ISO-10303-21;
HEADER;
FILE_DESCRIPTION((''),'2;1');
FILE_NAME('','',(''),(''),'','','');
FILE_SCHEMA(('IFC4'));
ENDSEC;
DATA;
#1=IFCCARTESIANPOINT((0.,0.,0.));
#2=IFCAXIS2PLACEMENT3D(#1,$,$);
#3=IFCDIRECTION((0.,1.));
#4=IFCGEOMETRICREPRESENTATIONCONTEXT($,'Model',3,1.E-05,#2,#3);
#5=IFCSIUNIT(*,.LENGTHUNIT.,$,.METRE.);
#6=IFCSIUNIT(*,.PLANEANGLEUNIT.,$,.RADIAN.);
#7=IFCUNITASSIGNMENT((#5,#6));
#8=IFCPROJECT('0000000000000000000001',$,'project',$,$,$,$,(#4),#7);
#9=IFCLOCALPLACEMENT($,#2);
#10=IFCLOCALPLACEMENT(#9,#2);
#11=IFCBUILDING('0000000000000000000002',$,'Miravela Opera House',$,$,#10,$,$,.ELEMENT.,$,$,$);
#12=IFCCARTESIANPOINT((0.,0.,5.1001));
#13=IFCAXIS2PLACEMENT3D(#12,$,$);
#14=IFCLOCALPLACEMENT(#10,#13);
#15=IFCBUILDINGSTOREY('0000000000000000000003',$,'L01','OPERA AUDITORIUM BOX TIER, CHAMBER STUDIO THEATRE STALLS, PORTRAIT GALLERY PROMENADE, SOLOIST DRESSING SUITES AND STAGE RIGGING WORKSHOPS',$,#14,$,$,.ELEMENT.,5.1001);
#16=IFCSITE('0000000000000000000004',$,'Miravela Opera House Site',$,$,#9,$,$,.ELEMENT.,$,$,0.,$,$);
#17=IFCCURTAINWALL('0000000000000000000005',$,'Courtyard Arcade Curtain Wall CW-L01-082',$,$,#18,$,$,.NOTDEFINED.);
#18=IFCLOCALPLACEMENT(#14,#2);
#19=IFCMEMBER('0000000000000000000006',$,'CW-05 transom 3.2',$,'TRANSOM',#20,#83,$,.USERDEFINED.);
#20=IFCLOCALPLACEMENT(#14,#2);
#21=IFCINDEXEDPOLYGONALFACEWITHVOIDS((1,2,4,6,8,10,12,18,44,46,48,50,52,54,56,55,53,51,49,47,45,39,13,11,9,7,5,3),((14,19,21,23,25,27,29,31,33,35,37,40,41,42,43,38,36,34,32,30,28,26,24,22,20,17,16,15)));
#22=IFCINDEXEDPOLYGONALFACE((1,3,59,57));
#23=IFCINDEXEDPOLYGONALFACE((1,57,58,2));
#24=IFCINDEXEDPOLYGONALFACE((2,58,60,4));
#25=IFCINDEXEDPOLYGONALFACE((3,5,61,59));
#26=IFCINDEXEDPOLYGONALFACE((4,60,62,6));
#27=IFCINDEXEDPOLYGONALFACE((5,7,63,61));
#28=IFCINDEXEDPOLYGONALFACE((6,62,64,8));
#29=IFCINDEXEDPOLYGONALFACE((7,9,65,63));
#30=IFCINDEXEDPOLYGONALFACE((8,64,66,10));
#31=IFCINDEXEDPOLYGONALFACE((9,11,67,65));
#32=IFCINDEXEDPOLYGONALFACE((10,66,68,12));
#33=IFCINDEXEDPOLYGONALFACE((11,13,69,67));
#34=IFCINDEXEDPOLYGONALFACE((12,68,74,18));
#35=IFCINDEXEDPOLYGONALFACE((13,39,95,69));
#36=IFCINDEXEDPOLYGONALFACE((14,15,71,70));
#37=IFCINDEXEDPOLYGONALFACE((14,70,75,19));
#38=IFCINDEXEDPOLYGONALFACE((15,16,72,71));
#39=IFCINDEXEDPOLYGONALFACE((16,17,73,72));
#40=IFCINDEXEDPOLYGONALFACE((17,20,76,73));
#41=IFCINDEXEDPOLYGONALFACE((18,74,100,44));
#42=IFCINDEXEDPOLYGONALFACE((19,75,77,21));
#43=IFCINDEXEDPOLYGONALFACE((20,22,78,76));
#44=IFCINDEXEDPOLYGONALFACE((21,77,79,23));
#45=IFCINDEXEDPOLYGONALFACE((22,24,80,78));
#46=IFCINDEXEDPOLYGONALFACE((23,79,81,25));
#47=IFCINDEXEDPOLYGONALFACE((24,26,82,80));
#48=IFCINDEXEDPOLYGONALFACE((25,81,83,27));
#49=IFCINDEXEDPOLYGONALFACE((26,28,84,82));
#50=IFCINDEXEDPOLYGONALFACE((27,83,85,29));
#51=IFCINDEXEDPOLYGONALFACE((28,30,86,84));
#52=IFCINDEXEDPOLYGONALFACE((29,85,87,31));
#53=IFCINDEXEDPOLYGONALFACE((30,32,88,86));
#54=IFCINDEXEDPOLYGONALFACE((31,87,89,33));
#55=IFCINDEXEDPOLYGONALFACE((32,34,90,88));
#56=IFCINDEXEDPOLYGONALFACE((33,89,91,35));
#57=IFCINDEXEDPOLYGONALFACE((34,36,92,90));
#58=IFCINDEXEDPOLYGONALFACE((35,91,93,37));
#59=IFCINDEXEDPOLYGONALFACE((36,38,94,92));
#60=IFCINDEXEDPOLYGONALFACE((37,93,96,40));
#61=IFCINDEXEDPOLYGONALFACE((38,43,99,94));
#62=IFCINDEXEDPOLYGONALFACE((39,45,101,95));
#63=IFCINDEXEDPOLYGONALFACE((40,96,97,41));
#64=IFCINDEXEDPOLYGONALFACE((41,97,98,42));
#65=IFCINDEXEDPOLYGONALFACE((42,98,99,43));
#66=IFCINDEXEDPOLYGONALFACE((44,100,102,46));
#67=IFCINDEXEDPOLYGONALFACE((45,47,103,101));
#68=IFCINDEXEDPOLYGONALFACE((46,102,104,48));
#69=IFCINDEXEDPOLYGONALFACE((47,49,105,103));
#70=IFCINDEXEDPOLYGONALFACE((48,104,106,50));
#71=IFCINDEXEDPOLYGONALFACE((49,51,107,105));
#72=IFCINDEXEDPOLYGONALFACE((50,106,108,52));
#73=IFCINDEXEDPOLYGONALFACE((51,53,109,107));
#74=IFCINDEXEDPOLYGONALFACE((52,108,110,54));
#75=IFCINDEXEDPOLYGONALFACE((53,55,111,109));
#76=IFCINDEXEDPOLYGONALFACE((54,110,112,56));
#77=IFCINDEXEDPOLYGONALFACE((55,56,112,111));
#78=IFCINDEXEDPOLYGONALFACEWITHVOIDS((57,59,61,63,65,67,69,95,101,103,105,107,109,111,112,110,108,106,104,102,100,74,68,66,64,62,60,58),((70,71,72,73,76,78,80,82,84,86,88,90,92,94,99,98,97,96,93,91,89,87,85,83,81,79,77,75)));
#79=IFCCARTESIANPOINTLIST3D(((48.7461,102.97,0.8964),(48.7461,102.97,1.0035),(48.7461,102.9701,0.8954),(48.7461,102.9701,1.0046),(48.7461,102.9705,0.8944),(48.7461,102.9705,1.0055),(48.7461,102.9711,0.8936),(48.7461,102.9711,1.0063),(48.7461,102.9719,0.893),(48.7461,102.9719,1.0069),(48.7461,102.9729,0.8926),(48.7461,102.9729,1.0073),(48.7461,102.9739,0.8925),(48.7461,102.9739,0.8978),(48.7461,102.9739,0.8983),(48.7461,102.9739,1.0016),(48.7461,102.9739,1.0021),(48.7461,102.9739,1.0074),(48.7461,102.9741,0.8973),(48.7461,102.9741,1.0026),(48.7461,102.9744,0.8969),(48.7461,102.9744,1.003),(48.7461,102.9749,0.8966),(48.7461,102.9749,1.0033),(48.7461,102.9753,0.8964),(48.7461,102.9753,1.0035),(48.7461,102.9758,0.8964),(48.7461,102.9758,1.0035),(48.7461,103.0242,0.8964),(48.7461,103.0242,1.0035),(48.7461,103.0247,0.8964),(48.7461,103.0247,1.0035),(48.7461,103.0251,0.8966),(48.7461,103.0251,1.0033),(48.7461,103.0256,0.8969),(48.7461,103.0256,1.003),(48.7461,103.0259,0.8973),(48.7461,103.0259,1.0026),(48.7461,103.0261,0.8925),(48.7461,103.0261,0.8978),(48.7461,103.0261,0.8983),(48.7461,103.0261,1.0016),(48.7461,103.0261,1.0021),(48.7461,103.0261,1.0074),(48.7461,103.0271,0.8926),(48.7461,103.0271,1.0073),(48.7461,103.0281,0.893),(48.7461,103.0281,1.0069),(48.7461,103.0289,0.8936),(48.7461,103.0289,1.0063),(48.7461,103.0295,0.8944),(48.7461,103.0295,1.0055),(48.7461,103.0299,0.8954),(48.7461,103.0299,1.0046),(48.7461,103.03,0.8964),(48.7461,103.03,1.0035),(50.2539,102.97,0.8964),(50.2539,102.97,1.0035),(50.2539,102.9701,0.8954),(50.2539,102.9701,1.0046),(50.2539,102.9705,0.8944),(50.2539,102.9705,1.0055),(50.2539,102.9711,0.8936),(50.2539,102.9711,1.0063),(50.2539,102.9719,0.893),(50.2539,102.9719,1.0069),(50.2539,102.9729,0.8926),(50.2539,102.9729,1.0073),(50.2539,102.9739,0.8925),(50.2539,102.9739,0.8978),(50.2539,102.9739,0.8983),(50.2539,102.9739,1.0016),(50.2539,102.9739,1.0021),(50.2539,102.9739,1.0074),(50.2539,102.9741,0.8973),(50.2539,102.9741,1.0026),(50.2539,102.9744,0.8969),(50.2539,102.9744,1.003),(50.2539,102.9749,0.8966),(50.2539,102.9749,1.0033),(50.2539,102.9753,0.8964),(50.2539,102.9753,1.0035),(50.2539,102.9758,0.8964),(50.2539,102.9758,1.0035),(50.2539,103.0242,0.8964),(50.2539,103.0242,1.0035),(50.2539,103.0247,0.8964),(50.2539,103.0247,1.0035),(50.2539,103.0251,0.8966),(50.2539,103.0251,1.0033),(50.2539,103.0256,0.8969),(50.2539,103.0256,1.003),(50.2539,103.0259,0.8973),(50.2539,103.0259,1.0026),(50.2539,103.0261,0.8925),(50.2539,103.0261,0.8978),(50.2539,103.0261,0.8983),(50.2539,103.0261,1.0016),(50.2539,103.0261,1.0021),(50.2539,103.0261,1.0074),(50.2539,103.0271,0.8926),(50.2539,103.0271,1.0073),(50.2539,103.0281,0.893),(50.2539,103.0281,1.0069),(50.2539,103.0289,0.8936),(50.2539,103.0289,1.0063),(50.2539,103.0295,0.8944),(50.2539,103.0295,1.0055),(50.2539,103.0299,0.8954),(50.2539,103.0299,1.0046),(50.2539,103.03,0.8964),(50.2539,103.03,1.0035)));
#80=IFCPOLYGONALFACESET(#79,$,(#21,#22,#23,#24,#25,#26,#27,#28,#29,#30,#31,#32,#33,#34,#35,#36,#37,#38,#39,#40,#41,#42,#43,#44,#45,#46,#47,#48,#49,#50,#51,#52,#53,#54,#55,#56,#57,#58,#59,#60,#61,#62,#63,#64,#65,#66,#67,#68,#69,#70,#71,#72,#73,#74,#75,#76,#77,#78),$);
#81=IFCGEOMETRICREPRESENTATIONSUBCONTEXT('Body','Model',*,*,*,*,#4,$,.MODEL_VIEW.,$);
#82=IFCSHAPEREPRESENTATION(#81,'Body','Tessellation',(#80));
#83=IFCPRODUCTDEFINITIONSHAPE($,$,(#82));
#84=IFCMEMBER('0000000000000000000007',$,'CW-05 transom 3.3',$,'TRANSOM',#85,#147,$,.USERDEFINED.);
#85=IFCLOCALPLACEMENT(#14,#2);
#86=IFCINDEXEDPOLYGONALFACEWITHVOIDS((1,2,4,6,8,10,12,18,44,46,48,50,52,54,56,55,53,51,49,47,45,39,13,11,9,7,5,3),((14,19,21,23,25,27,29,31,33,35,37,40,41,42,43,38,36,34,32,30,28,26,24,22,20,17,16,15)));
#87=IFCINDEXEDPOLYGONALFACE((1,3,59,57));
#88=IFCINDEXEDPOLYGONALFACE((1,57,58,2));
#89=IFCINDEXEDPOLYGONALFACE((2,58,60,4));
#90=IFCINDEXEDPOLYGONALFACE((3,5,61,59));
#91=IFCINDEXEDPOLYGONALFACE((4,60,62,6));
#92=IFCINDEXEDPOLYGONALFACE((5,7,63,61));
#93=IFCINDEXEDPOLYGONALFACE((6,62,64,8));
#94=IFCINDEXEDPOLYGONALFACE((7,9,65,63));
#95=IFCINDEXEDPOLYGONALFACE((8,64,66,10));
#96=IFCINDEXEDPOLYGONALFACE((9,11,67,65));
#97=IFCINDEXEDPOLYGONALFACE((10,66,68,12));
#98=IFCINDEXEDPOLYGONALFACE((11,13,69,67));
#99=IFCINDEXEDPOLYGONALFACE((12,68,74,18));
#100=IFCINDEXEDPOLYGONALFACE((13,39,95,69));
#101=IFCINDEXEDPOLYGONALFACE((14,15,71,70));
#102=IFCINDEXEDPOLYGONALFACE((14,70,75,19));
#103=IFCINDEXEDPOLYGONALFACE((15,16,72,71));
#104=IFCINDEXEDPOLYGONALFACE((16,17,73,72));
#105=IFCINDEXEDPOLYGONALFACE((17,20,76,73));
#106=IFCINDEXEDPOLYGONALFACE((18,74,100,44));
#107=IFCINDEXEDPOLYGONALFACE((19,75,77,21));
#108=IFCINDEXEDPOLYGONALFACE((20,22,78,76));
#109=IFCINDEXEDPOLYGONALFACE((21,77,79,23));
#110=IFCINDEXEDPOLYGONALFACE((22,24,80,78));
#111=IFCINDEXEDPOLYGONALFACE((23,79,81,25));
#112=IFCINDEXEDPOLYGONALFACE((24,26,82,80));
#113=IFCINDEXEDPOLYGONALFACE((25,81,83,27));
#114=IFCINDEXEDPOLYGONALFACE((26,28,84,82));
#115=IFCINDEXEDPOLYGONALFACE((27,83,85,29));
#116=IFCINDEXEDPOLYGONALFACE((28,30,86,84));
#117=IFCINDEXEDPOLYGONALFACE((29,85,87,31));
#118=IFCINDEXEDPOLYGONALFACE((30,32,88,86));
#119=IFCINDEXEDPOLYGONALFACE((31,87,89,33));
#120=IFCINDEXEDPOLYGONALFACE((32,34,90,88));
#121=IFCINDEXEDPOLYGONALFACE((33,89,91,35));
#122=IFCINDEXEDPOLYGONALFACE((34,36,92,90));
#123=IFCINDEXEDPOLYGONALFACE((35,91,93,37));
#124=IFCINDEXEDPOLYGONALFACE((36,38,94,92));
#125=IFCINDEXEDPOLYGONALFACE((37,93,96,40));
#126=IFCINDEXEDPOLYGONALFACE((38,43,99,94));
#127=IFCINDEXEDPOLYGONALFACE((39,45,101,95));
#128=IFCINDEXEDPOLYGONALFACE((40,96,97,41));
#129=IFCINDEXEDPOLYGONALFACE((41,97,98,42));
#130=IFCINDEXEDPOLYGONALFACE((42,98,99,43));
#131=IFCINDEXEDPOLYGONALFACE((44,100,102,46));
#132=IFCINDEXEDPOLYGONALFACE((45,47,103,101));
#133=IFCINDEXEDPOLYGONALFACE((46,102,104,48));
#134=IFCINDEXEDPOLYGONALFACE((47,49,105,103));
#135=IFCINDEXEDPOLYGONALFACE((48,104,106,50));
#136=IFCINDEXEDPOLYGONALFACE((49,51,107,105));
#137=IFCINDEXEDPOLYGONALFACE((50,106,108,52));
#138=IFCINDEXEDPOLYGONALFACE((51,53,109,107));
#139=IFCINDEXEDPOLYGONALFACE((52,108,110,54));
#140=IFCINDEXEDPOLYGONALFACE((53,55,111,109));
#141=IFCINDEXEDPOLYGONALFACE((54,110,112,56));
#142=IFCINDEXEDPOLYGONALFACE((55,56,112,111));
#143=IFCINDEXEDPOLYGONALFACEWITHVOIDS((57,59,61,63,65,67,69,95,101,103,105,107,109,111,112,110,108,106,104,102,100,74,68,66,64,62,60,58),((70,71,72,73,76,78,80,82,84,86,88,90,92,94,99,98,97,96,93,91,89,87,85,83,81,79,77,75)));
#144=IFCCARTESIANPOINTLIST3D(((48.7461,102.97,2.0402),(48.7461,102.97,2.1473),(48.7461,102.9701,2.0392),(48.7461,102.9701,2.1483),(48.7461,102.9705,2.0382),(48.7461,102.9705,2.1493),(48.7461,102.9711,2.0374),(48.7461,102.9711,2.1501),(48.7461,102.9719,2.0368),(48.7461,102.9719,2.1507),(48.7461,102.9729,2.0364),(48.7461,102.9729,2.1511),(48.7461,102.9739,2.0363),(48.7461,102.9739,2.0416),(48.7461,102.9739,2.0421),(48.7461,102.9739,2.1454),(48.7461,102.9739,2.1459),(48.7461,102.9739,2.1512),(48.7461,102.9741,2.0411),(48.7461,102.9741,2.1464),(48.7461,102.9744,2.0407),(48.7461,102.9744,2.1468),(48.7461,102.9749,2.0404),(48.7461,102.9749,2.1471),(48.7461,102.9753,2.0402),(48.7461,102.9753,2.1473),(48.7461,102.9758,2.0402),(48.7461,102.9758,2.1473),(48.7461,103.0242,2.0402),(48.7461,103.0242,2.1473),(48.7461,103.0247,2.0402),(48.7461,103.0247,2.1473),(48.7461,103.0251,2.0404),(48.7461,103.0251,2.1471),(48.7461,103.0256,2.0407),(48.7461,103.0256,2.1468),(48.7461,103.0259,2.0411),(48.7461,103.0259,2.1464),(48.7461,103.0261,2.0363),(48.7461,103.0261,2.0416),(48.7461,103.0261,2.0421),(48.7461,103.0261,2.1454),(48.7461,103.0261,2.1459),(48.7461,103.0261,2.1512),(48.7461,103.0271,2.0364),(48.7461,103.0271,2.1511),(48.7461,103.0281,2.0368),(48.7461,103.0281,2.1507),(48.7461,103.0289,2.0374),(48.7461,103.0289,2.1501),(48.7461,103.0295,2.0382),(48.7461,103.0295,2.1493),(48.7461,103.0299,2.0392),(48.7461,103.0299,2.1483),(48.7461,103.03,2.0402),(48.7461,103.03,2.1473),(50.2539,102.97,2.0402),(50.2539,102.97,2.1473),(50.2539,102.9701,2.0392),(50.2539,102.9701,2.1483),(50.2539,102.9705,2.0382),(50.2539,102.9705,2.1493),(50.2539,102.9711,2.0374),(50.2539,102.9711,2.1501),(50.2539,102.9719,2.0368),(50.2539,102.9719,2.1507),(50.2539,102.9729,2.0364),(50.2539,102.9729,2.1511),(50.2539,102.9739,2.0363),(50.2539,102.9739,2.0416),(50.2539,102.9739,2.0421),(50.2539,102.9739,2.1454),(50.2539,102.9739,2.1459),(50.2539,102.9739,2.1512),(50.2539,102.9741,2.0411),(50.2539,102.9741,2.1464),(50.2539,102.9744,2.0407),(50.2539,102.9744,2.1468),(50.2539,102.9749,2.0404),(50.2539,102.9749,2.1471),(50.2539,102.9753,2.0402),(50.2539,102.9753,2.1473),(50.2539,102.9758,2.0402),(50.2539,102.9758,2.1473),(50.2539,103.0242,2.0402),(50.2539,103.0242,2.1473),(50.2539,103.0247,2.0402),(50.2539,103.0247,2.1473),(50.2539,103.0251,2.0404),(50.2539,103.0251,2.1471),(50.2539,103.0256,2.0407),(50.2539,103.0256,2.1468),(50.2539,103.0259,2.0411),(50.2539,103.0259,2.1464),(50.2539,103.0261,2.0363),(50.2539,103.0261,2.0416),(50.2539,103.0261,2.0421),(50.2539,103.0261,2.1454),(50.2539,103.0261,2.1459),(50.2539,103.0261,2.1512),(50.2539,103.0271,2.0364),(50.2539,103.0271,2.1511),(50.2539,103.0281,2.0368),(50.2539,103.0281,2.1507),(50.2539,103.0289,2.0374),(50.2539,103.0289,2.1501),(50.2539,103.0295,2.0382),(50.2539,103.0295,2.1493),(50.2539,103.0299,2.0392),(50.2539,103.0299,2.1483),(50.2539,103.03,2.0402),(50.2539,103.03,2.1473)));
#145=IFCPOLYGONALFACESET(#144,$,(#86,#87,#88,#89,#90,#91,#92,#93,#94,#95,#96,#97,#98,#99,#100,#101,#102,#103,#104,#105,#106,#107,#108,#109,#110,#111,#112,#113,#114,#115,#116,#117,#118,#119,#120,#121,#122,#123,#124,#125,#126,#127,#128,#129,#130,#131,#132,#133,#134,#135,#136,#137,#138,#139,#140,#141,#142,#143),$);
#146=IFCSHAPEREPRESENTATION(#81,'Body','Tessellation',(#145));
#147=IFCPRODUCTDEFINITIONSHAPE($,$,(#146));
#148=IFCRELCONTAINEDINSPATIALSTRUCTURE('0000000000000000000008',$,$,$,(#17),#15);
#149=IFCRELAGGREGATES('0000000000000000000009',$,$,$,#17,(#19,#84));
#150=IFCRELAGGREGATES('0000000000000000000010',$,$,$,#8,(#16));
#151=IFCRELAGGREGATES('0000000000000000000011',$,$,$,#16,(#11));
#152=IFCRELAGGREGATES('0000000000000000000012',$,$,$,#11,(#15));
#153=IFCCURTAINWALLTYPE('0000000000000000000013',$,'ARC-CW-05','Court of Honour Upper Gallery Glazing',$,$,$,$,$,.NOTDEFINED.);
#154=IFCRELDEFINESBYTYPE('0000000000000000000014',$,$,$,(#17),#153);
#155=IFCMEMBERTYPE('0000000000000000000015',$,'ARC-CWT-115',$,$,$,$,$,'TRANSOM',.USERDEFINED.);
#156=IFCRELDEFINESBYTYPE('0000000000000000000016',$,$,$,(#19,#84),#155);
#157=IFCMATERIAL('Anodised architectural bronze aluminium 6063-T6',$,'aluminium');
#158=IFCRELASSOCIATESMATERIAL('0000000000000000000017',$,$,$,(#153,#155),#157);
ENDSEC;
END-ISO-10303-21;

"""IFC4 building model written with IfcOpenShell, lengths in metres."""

from ifc_helpers import new_model, si_unit, direction, frame, origin, origin_2d, place, context, subcontext, project, spatial, hollow_rectangle, extrude, material, material_profile, profile_set, type_object, element, aggregate, save


model = new_model("IFC4")

# Units and contexts
model_context = context("Model", 3, precision=1e-05, world=origin(), true_north=direction((0.0, 1.0)))
body_context = subcontext(model_context, "Body", "Model", "MODEL_VIEW")
ifc_project = project(units=[si_unit("LENGTHUNIT", "METRE"), si_unit("PLANEANGLEUNIT", "RADIAN")], contexts=[model_context])

# Site, building, storey
site_placement = place(None, origin())
site = spatial("IfcSite", under=ifc_project, at=site_placement, Name="Miravela Opera House Site", CompositionType="ELEMENT", RefElevation=0.0)
building_placement = place(site_placement, origin())
building = spatial("IfcBuilding", under=site, at=building_placement, Name="Miravela Opera House", CompositionType="ELEMENT")
storey_placement = place(building_placement, frame((0.0, 0.0, 5.1001)))
storey = spatial("IfcBuildingStorey", under=building, at=storey_placement, Name="L01", Description="OPERA AUDITORIUM BOX TIER, CHAMBER STUDIO THEATRE STALLS, PORTRAIT GALLERY PROMENADE, SOLOIST DRESSING SUITES AND STAGE RIGGING WORKSHOPS", CompositionType="ELEMENT", Elevation=5.1001)

# Curtain wall, members
ifc_material_1 = material(Name="Anodised architectural bronze aluminium 6063-T6", Category="aluminium")
curtain_wall_type = type_object("IfcCurtainWallType", Name="ARC-CW-05", Description="Court of Honour Upper Gallery Glazing", PredefinedType="NOTDEFINED", material=ifc_material_1)
curtain_wall_placement = place(storey_placement, origin())
curtain_wall = element("IfcCurtainWall", 1, at=curtain_wall_placement, inside=storey, type_object=curtain_wall_type, Name="Courtyard Arcade Curtain Wall CW-L01-082", PredefinedType="NOTDEFINED")
ifc_material_profile_1 = material_profile(ifc_material_1, hollow_rectangle(XDim=0.0601, YDim=0.115, WallThickness=0.0039, InnerFilletRadius=0.002, OuterFilletRadius=0.0039, at=origin_2d()), Name="CWT-60X115")
ifc_profile_set_1 = profile_set([ifc_material_profile_1])
member_type_1 = type_object("IfcMemberType", Name="ARC-CWT-115", ElementType="TRANSOM", PredefinedType="USERDEFINED", material=ifc_profile_set_1)
member_1_placement = place(storey_placement, frame((48.7461, 103.0, 0.95), z_axis=(1.0, 0.0, 0.0), x_axis=(0.0, 1.0, 0.0)))
member_1 = element("IfcMember", 2, at=member_1_placement, type_object=member_type_1, Name="CW-05 transom 3.2", ObjectType="TRANSOM", PredefinedType="USERDEFINED", context=body_context, shape_type="SweptSolid", body=[
    extrude(hollow_rectangle(XDim=0.0601, YDim=0.115, WallThickness=0.0039, InnerFilletRadius=0.002, OuterFilletRadius=0.0039, at=origin_2d()), origin(), (0.0, 0.0, 1.0), 1.5078),
])
member_2_placement = place(storey_placement, frame((48.7461, 103.0, 2.0938), z_axis=(1.0, 0.0, 0.0), x_axis=(0.0, 1.0, 0.0)))
member_2 = element("IfcMember", 3, at=member_2_placement, type_object=member_type_1, Name="CW-05 transom 3.3", ObjectType="TRANSOM", PredefinedType="USERDEFINED", context=body_context, shape_type="SweptSolid", body=[
    extrude(hollow_rectangle(XDim=0.0601, YDim=0.115, WallThickness=0.0039, InnerFilletRadius=0.002, OuterFilletRadius=0.0039, at=origin_2d()), origin(), (0.0, 0.0, 1.0), 1.5078),
])

aggregate(curtain_wall, [member_1, member_2])

save(model, "model.ifc")
